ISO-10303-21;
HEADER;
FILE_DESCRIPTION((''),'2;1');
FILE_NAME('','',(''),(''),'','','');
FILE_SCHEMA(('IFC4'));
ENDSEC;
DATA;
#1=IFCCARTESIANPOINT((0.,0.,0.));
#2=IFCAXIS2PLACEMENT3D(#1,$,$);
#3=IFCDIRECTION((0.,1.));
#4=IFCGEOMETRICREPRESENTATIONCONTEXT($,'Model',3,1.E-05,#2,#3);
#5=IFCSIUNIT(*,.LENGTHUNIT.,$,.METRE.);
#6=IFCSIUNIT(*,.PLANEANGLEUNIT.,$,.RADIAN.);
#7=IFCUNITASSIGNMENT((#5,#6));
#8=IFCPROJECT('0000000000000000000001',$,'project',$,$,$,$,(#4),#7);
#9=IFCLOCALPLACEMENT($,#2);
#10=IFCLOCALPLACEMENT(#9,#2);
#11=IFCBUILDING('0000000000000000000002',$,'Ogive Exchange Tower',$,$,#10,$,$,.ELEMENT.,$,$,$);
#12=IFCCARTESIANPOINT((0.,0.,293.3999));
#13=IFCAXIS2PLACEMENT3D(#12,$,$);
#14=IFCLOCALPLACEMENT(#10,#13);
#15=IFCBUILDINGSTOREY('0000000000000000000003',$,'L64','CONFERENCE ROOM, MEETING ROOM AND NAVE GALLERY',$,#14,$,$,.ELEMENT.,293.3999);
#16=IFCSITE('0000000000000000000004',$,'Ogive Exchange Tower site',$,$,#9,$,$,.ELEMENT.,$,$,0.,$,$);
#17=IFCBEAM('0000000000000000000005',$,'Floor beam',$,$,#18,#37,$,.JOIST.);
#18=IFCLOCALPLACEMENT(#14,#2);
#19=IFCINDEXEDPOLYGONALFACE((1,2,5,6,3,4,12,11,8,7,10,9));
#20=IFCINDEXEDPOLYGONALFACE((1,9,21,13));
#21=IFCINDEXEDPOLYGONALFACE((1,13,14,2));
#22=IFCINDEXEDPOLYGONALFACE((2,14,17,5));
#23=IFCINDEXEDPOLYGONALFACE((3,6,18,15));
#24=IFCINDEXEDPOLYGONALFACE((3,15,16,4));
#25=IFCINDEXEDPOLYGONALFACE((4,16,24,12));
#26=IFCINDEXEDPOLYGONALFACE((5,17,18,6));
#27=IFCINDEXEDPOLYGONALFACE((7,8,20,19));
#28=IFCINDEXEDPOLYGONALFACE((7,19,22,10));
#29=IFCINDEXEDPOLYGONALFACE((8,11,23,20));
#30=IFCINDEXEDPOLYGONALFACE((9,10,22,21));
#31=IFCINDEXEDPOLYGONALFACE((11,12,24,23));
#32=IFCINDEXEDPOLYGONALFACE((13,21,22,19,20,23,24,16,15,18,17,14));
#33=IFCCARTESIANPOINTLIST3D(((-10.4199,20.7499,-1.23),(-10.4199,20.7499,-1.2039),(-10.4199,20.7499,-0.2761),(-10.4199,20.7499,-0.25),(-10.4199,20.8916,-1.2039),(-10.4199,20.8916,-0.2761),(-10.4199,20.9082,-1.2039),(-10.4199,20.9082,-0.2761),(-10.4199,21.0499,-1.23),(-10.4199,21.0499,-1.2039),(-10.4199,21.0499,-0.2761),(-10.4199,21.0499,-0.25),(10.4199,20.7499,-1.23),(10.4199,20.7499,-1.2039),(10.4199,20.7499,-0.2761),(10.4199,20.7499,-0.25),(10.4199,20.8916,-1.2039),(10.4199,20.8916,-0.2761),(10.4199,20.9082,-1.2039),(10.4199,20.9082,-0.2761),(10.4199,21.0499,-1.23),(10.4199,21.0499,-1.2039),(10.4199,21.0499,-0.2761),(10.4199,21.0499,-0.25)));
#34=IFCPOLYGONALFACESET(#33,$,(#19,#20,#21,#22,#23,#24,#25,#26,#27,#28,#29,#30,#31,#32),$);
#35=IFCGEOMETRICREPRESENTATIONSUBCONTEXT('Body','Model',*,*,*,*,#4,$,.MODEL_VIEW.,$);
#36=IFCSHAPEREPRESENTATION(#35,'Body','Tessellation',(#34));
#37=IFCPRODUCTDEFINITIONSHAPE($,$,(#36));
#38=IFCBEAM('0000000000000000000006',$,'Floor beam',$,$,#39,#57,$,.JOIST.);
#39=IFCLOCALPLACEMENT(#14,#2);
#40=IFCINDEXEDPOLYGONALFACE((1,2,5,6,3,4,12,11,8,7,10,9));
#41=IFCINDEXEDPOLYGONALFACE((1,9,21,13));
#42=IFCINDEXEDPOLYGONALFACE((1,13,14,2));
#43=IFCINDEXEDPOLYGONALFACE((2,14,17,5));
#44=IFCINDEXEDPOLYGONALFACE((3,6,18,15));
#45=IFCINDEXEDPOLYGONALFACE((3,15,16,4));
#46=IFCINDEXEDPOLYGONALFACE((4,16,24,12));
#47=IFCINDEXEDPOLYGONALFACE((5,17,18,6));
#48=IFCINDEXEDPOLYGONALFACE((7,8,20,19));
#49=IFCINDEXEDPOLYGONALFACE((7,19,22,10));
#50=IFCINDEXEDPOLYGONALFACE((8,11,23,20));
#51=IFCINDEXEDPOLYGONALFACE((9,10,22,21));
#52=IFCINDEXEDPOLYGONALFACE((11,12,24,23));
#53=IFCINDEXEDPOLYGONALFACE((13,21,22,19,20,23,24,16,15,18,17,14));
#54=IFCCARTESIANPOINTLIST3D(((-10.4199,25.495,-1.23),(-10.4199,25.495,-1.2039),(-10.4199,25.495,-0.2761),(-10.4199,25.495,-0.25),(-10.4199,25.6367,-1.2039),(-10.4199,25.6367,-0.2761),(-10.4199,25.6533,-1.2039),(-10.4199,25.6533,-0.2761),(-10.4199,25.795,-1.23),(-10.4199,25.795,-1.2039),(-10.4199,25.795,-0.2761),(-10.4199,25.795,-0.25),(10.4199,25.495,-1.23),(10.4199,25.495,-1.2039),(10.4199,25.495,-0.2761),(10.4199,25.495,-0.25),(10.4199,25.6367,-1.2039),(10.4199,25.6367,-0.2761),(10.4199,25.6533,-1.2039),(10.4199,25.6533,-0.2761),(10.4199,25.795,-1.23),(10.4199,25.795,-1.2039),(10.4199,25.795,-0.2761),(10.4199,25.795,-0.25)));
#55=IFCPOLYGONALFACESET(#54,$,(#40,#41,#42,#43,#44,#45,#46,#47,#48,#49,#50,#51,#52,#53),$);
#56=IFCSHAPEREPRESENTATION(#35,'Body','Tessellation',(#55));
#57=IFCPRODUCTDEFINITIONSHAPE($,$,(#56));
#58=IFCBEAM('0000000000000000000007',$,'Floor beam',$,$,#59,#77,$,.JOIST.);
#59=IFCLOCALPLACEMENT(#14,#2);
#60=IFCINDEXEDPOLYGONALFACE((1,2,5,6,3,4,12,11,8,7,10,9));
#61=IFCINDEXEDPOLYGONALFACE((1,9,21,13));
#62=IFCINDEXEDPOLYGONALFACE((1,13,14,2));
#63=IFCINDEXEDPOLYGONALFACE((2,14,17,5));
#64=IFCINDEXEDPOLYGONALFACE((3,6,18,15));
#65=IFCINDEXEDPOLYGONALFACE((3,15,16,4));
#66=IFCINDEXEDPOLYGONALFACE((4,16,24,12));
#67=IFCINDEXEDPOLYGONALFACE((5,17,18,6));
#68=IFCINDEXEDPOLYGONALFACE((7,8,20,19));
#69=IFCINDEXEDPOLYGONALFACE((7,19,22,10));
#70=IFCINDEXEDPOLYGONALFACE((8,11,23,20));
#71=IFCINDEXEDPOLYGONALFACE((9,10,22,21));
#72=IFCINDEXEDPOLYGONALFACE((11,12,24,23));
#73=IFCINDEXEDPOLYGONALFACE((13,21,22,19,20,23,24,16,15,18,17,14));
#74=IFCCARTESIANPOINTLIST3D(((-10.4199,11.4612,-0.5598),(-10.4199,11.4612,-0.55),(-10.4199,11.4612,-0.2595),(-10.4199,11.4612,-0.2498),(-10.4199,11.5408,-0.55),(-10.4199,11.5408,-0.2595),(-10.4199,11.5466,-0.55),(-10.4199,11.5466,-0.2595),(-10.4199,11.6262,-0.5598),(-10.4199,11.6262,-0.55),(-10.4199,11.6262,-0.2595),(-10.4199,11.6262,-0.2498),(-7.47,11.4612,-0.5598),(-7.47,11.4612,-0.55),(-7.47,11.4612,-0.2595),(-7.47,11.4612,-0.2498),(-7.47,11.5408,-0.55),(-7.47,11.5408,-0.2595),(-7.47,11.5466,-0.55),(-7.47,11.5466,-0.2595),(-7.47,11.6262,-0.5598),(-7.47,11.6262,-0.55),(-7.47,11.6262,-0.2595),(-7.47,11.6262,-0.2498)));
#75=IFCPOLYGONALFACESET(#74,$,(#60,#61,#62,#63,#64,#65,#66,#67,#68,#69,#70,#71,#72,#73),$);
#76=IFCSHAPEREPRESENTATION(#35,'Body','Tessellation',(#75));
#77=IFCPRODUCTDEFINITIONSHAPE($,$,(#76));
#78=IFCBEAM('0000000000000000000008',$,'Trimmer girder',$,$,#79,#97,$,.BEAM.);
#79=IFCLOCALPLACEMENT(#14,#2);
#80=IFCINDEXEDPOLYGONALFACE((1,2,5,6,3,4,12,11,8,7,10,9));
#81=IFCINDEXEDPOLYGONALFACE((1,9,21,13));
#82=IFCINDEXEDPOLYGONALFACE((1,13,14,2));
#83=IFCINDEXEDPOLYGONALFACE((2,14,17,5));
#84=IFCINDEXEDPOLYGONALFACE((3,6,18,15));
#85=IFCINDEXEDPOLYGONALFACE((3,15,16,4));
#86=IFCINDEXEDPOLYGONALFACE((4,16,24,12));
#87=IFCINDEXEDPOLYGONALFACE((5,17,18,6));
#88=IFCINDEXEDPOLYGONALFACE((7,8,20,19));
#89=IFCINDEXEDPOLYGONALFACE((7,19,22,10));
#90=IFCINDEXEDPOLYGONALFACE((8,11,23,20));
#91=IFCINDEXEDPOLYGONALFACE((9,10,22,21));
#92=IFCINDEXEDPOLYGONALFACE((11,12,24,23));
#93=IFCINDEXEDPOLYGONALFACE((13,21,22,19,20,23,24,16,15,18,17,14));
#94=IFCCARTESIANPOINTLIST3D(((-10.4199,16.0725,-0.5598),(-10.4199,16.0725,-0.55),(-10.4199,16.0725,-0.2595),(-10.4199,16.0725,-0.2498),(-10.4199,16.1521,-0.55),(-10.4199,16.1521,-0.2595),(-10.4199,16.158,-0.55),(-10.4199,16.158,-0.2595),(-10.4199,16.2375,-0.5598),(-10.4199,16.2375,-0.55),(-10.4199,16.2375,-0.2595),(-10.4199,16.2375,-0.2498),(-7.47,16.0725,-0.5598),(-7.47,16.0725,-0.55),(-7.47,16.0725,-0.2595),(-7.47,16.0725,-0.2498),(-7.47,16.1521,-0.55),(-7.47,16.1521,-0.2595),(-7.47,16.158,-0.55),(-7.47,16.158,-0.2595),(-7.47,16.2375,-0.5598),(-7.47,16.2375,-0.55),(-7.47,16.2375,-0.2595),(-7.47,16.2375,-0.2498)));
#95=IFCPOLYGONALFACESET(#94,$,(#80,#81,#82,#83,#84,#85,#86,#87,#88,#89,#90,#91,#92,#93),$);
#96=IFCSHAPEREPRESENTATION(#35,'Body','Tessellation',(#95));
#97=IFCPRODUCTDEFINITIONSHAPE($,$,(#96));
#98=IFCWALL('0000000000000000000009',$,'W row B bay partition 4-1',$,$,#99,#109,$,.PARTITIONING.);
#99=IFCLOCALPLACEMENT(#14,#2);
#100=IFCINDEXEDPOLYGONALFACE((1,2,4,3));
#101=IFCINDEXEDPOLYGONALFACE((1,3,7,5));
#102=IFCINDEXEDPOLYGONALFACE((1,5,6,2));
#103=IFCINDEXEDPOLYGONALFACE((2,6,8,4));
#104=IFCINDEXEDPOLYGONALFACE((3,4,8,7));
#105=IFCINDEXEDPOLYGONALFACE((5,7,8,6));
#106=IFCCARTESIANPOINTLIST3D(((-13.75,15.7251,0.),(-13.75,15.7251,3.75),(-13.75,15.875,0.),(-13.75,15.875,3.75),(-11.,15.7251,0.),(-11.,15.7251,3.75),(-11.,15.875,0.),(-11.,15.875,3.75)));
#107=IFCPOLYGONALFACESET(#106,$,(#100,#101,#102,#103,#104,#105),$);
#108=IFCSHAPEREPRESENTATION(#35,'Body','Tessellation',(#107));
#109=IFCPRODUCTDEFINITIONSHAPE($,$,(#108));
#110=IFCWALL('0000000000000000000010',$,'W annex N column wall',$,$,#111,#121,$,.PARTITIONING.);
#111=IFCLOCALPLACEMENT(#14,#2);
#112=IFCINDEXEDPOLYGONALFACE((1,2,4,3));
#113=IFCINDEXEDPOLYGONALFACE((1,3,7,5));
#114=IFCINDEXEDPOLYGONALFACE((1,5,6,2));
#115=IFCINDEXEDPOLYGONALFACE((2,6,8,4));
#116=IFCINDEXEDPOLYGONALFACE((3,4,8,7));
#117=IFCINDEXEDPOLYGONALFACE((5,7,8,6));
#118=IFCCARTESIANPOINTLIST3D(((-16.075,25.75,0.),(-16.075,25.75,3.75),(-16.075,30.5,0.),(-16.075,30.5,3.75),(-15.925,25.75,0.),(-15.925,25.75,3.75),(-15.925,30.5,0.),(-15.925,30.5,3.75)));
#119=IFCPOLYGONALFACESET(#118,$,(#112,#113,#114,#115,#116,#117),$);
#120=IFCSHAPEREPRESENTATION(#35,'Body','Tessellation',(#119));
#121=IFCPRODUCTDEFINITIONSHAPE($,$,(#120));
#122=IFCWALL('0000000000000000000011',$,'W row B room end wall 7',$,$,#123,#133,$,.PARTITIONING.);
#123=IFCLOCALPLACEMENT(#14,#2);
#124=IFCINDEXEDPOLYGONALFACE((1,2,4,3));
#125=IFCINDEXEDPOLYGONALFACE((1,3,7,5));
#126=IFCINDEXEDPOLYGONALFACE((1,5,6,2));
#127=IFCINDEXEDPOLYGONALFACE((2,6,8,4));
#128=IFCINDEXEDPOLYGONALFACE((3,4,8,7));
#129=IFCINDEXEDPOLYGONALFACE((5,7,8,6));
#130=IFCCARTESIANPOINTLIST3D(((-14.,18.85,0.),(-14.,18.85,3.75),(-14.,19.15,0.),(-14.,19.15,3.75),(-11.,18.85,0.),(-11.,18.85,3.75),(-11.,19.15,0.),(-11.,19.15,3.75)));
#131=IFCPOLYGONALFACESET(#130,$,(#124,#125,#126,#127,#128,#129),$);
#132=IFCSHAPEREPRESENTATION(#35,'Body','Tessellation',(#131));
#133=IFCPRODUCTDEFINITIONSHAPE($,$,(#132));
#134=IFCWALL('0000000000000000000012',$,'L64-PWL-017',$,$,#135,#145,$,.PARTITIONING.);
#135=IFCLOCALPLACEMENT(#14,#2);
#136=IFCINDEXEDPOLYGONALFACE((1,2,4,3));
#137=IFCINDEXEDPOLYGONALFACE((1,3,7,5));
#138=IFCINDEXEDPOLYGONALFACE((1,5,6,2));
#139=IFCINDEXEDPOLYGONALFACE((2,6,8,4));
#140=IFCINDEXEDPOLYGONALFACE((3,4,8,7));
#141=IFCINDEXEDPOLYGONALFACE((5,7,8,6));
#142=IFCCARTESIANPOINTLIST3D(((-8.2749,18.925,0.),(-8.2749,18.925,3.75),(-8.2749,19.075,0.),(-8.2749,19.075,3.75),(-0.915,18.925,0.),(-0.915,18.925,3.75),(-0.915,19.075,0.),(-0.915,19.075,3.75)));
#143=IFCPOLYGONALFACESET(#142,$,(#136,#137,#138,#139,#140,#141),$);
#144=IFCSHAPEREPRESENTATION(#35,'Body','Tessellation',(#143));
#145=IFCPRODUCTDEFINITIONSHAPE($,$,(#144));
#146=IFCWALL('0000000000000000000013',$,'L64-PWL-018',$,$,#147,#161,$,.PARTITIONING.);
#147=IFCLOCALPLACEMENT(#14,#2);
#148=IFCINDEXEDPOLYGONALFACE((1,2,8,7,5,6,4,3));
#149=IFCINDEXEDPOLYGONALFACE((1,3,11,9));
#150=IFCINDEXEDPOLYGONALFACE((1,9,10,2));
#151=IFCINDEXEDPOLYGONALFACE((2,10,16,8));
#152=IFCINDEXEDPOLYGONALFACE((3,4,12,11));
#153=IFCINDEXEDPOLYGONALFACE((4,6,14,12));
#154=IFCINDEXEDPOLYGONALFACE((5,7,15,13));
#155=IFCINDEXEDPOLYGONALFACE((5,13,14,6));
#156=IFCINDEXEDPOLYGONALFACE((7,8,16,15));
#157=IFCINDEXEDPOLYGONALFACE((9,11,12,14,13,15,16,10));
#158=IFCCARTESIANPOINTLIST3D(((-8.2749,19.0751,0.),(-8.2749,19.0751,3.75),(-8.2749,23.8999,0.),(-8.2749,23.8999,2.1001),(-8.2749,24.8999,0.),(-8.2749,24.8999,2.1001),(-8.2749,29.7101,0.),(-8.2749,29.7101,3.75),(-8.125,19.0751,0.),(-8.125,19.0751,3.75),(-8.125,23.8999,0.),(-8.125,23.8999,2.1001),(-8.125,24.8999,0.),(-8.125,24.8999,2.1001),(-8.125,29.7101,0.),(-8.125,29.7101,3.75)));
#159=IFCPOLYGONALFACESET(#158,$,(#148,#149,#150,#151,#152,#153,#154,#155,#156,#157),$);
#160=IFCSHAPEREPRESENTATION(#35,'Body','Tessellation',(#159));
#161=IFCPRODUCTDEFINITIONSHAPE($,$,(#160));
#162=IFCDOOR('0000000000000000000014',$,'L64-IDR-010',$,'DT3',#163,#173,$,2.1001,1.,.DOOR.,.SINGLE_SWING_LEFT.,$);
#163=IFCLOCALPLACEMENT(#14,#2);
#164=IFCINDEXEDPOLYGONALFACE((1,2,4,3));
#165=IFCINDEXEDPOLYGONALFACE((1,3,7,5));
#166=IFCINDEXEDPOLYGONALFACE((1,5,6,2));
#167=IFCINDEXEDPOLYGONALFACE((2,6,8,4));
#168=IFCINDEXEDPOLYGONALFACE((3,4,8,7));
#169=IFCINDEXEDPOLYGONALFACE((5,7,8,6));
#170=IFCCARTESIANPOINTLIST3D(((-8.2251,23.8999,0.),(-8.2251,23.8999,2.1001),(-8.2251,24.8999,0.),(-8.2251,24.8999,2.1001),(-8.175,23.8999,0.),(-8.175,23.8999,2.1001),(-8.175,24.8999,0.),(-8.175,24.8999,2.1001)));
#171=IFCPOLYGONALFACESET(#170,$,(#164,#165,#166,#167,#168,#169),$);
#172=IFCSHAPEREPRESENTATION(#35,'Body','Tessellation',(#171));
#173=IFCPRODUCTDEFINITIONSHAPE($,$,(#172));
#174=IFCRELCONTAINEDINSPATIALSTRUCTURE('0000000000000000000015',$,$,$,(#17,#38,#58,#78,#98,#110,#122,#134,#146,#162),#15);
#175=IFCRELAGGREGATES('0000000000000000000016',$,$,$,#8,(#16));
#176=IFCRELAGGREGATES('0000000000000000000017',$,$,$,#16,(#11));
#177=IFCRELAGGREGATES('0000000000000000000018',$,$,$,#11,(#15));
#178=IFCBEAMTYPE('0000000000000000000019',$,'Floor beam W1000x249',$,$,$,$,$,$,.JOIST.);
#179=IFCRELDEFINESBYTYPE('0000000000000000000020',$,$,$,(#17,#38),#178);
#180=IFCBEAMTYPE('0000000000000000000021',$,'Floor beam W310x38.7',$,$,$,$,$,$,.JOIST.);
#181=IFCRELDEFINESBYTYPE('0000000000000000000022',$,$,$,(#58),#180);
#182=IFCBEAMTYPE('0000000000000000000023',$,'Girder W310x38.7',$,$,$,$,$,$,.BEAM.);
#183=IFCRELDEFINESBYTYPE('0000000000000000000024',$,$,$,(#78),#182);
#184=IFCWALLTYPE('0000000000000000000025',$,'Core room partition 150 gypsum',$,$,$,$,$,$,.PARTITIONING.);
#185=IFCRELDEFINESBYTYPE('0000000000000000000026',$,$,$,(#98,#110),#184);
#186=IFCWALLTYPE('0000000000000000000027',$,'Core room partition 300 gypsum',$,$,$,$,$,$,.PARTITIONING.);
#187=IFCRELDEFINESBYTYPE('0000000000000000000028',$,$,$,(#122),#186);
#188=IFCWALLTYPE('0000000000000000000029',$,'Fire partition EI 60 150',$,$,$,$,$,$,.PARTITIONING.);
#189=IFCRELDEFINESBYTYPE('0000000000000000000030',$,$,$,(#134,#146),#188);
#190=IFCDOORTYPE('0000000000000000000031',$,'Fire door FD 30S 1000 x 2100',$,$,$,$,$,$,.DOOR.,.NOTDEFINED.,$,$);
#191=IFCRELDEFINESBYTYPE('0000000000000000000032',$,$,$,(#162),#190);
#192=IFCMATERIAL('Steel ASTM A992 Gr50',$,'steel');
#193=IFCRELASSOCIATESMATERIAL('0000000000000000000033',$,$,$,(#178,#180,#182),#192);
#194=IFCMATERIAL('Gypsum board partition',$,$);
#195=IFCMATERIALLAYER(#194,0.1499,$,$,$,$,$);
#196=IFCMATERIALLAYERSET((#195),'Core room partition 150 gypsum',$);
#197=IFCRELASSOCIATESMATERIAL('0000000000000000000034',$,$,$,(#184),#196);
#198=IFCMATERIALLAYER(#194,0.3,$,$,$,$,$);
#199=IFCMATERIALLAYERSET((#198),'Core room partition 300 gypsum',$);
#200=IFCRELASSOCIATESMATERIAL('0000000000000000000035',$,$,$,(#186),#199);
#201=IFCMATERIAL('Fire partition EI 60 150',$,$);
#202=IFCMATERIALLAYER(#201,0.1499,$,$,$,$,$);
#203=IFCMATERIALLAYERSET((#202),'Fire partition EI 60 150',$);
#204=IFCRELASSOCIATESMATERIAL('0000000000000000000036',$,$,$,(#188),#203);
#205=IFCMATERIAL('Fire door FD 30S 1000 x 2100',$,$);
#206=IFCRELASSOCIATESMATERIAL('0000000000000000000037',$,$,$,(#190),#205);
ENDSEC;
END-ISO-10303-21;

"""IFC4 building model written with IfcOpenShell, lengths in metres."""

from ifc_helpers import new_model, si_unit, direction, frame, frame_2d, origin, origin_2d, place, context, subcontext, project, spatial, rectangle, i_section, extrude, material, layer, layer_set, material_profile, profile_set, type_object, element, fill, save


model = new_model("IFC4")

# Units and contexts
model_context = context("Model", 3, precision=1e-05, world=origin(), true_north=direction((0.0, 1.0)))
body_context = subcontext(model_context, "Body", "Model", "MODEL_VIEW")
ifc_project = project(units=[si_unit("LENGTHUNIT", "METRE"), si_unit("PLANEANGLEUNIT", "RADIAN")], contexts=[model_context])

# Site, building, storey
site_placement = place(None, origin())
site = spatial("IfcSite", under=ifc_project, at=site_placement, Name="Ogive Exchange Tower site", CompositionType="ELEMENT", RefElevation=0.0)
building_placement = place(site_placement, origin())
building = spatial("IfcBuilding", under=site, at=building_placement, Name="Ogive Exchange Tower", CompositionType="ELEMENT")
storey_placement = place(building_placement, frame((0.0, 0.0, 293.3999)))
storey = spatial("IfcBuildingStorey", under=building, at=storey_placement, Name="L64", Description="CONFERENCE ROOM, MEETING ROOM AND NAVE GALLERY", CompositionType="ELEMENT", Elevation=293.3999)

# Beams
ifc_material_1 = material(Name="Steel ASTM A992 Gr50", Category="steel")
ifc_material_profile_1 = material_profile(ifc_material_1, i_section(OverallWidth=0.3, OverallDepth=0.98, WebThickness=0.0166, FlangeThickness=0.0261, at=origin_2d()), Name="W1000x249")
ifc_profile_set_1 = profile_set([ifc_material_profile_1], Name="Steel ASTM A992 Gr50")
beam_type_1 = type_object("IfcBeamType", Name="Floor beam W1000x249", PredefinedType="JOIST", material=ifc_profile_set_1)
for number, where, z_axis, x_axis, name in (
    (1, (-10.4199, 20.8999, -0.74), (1.0, 0.0, 0.0), (0.0, 1.0, 0.0), "Floor beam"),
    (2, (-10.4199, 25.645, -0.74), (1.0, 0.0, 0.0), (0.0, 1.0, 0.0), "Floor beam"),
):
    element("IfcBeam", number, at=place(storey_placement, frame(where, z_axis=z_axis, x_axis=x_axis)), inside=storey, type_object=beam_type_1, Name=name, PredefinedType="JOIST", context=body_context, shape_type="SweptSolid", body=[
        extrude(i_section(OverallWidth=0.3, OverallDepth=0.98, WebThickness=0.0166, FlangeThickness=0.0261, at=origin_2d()), origin(), (0.0, 0.0, 1.0), 20.8398),
    ])
ifc_material_profile_2 = material_profile(ifc_material_1, i_section(OverallWidth=0.165, OverallDepth=0.3101, WebThickness=0.0059, FlangeThickness=0.0098, at=origin_2d()), Name="W310x38.7")
ifc_profile_set_2 = profile_set([ifc_material_profile_2], Name="Steel ASTM A992 Gr50")
beam_type_2 = type_object("IfcBeamType", Name="Floor beam W310x38.7", PredefinedType="JOIST", material=ifc_profile_set_2)
beam_1_placement = place(storey_placement, frame((-10.4199, 11.5437, -0.4048), z_axis=(1.0, 0.0, 0.0), x_axis=(0.0, 1.0, 0.0)))
element("IfcBeam", 3, at=beam_1_placement, inside=storey, type_object=beam_type_2, Name="Floor beam", PredefinedType="JOIST", context=body_context, shape_type="SweptSolid", body=[
    extrude(i_section(OverallWidth=0.165, OverallDepth=0.3101, WebThickness=0.0059, FlangeThickness=0.0098, at=origin_2d()), origin(), (0.0, 0.0, 1.0), 2.95),
])
ifc_material_profile_3 = material_profile(ifc_material_1, i_section(OverallWidth=0.165, OverallDepth=0.3101, WebThickness=0.0059, FlangeThickness=0.0098, at=origin_2d()), Name="W310x38.7")
ifc_profile_set_3 = profile_set([ifc_material_profile_3], Name="Steel ASTM A992 Gr50")
beam_type_3 = type_object("IfcBeamType", Name="Girder W310x38.7", PredefinedType="BEAM", material=ifc_profile_set_3)
beam_2_placement = place(storey_placement, frame((-10.4199, 16.155, -0.4048), z_axis=(1.0, 0.0, 0.0), x_axis=(0.0, 1.0, 0.0)))
element("IfcBeam", 4, at=beam_2_placement, inside=storey, type_object=beam_type_3, Name="Trimmer girder", PredefinedType="BEAM", context=body_context, shape_type="SweptSolid", body=[
    extrude(i_section(OverallWidth=0.165, OverallDepth=0.3101, WebThickness=0.0059, FlangeThickness=0.0098, at=origin_2d()), origin(), (0.0, 0.0, 1.0), 2.95),
])

# Walls
ifc_material_2 = material(Name="Gypsum board partition")
ifc_layer_1 = layer(ifc_material_2, 0.1499)
ifc_layer_set_1 = layer_set([ifc_layer_1], Name="Core room partition 150 gypsum")
wall_type_1 = type_object("IfcWallType", Name="Core room partition 150 gypsum", PredefinedType="PARTITIONING", material=ifc_layer_set_1)
wall_1_placement = place(storey_placement, frame((-13.75, 15.8, 0.0), z_axis=(0.0, 0.0, 1.0), x_axis=(1.0, 0.0, 0.0)))
element("IfcWall", 5, at=wall_1_placement, inside=storey, type_object=wall_type_1, Name="W row B bay partition 4-1", PredefinedType="PARTITIONING", context=body_context, shape_type="SweptSolid", body=[
    extrude(rectangle(XDim=2.75, YDim=0.1499, at=frame_2d((1.375, 0.0))), origin(), (0.0, 0.0, 1.0), 3.75),
])
wall_2_placement = place(storey_placement, frame((-16.0, 25.75, 0.0), z_axis=(0.0, 0.0, 1.0), x_axis=(0.0, 1.0, 0.0)))
element("IfcWall", 6, at=wall_2_placement, inside=storey, type_object=wall_type_1, Name="W annex N column wall", PredefinedType="PARTITIONING", context=body_context, shape_type="SweptSolid", body=[
    extrude(rectangle(XDim=4.75, YDim=0.1499, at=frame_2d((2.375, 0.0))), origin(), (0.0, 0.0, 1.0), 3.75),
])
ifc_layer_2 = layer(ifc_material_2, 0.3)
ifc_layer_set_2 = layer_set([ifc_layer_2], Name="Core room partition 300 gypsum")
wall_type_2 = type_object("IfcWallType", Name="Core room partition 300 gypsum", PredefinedType="PARTITIONING", material=ifc_layer_set_2)
wall_3_placement = place(storey_placement, frame((-14.0, 19.0, 0.0), z_axis=(0.0, 0.0, 1.0), x_axis=(1.0, 0.0, 0.0)))
element("IfcWall", 7, at=wall_3_placement, inside=storey, type_object=wall_type_2, Name="W row B room end wall 7", PredefinedType="PARTITIONING", context=body_context, shape_type="SweptSolid", body=[
    extrude(rectangle(XDim=3.0, YDim=0.3, at=frame_2d((1.5, 0.0))), origin(), (0.0, 0.0, 1.0), 3.75),
])
ifc_material_3 = material(Name="Fire partition EI 60 150")
ifc_layer_3 = layer(ifc_material_3, 0.1499)
ifc_layer_set_3 = layer_set([ifc_layer_3], Name="Fire partition EI 60 150")
wall_type_3 = type_object("IfcWallType", Name="Fire partition EI 60 150", PredefinedType="PARTITIONING", material=ifc_layer_set_3)
wall_4_placement = place(storey_placement, frame((-8.2749, 19.0, 0.0), z_axis=(0.0, 0.0, 1.0), x_axis=(1.0, 0.0, 0.0)))
element("IfcWall", 8, at=wall_4_placement, inside=storey, type_object=wall_type_3, Name="L64-PWL-017", PredefinedType="PARTITIONING", context=body_context, shape_type="SweptSolid", body=[
    extrude(rectangle(XDim=7.3599, YDim=0.1499, at=frame_2d((3.6799, 0.0))), origin(), (0.0, 0.0, 1.0), 3.75),
])

# Wall, opening, door
wall_5_placement = place(storey_placement, frame((-8.2, 29.71, 0.0), z_axis=(0.0, 0.0, 1.0), x_axis=(0.0, -1.0, 0.0)))
wall_5 = element("IfcWall", 9, at=wall_5_placement, inside=storey, type_object=wall_type_3, Name="L64-PWL-018", PredefinedType="PARTITIONING", context=body_context, shape_type="SweptSolid", body=[
    extrude(rectangle(XDim=10.635, YDim=0.1499, at=frame_2d((5.3174, 0.0))), origin(), (0.0, 0.0, 1.0), 3.75),
])
opening_1_placement = place(wall_5_placement, frame((4.8101, 0.0, 0.0)))
opening_1 = element("IfcOpeningElement", 10, at=opening_1_placement, cuts=wall_5, PredefinedType="OPENING", context=body_context, shape_type="SweptSolid", body=[
    extrude(rectangle(XDim=1.0, YDim=2.1001, at=frame_2d((0.5, 1.05))), frame((0.0, 0.085, 0.0), z_axis=(0.0, -1.0, 0.0), x_axis=(1.0, 0.0, 0.0)), (0.0, 0.0, 1.0), 0.1699),
])
ifc_material_4 = material(Name="Fire door FD 30S 1000 x 2100")
door_type_1 = type_object("IfcDoorType", Name="Fire door FD 30S 1000 x 2100", OperationType="NOTDEFINED", PredefinedType="DOOR", material=ifc_material_4)
door_1_placement = place(opening_1_placement, origin())
door_1 = element("IfcDoor", 11, at=door_1_placement, inside=storey, type_object=door_type_1, Name="L64-IDR-010", ObjectType="DT3", OperationType="SINGLE_SWING_LEFT", OverallHeight=2.1001, OverallWidth=1.0, PredefinedType="DOOR", context=body_context, shape_type="SweptSolid", body=[
    extrude(rectangle(XDim=1.0, YDim=2.1001, at=frame_2d((0.5, 1.05))), frame((0.0, 0.0249, 0.0), z_axis=(0.0, -1.0, 0.0), x_axis=(1.0, 0.0, 0.0)), (0.0, 0.0, 1.0), 0.05),
])
fill(opening_1, door_1)

save(model, "model.ifc")
